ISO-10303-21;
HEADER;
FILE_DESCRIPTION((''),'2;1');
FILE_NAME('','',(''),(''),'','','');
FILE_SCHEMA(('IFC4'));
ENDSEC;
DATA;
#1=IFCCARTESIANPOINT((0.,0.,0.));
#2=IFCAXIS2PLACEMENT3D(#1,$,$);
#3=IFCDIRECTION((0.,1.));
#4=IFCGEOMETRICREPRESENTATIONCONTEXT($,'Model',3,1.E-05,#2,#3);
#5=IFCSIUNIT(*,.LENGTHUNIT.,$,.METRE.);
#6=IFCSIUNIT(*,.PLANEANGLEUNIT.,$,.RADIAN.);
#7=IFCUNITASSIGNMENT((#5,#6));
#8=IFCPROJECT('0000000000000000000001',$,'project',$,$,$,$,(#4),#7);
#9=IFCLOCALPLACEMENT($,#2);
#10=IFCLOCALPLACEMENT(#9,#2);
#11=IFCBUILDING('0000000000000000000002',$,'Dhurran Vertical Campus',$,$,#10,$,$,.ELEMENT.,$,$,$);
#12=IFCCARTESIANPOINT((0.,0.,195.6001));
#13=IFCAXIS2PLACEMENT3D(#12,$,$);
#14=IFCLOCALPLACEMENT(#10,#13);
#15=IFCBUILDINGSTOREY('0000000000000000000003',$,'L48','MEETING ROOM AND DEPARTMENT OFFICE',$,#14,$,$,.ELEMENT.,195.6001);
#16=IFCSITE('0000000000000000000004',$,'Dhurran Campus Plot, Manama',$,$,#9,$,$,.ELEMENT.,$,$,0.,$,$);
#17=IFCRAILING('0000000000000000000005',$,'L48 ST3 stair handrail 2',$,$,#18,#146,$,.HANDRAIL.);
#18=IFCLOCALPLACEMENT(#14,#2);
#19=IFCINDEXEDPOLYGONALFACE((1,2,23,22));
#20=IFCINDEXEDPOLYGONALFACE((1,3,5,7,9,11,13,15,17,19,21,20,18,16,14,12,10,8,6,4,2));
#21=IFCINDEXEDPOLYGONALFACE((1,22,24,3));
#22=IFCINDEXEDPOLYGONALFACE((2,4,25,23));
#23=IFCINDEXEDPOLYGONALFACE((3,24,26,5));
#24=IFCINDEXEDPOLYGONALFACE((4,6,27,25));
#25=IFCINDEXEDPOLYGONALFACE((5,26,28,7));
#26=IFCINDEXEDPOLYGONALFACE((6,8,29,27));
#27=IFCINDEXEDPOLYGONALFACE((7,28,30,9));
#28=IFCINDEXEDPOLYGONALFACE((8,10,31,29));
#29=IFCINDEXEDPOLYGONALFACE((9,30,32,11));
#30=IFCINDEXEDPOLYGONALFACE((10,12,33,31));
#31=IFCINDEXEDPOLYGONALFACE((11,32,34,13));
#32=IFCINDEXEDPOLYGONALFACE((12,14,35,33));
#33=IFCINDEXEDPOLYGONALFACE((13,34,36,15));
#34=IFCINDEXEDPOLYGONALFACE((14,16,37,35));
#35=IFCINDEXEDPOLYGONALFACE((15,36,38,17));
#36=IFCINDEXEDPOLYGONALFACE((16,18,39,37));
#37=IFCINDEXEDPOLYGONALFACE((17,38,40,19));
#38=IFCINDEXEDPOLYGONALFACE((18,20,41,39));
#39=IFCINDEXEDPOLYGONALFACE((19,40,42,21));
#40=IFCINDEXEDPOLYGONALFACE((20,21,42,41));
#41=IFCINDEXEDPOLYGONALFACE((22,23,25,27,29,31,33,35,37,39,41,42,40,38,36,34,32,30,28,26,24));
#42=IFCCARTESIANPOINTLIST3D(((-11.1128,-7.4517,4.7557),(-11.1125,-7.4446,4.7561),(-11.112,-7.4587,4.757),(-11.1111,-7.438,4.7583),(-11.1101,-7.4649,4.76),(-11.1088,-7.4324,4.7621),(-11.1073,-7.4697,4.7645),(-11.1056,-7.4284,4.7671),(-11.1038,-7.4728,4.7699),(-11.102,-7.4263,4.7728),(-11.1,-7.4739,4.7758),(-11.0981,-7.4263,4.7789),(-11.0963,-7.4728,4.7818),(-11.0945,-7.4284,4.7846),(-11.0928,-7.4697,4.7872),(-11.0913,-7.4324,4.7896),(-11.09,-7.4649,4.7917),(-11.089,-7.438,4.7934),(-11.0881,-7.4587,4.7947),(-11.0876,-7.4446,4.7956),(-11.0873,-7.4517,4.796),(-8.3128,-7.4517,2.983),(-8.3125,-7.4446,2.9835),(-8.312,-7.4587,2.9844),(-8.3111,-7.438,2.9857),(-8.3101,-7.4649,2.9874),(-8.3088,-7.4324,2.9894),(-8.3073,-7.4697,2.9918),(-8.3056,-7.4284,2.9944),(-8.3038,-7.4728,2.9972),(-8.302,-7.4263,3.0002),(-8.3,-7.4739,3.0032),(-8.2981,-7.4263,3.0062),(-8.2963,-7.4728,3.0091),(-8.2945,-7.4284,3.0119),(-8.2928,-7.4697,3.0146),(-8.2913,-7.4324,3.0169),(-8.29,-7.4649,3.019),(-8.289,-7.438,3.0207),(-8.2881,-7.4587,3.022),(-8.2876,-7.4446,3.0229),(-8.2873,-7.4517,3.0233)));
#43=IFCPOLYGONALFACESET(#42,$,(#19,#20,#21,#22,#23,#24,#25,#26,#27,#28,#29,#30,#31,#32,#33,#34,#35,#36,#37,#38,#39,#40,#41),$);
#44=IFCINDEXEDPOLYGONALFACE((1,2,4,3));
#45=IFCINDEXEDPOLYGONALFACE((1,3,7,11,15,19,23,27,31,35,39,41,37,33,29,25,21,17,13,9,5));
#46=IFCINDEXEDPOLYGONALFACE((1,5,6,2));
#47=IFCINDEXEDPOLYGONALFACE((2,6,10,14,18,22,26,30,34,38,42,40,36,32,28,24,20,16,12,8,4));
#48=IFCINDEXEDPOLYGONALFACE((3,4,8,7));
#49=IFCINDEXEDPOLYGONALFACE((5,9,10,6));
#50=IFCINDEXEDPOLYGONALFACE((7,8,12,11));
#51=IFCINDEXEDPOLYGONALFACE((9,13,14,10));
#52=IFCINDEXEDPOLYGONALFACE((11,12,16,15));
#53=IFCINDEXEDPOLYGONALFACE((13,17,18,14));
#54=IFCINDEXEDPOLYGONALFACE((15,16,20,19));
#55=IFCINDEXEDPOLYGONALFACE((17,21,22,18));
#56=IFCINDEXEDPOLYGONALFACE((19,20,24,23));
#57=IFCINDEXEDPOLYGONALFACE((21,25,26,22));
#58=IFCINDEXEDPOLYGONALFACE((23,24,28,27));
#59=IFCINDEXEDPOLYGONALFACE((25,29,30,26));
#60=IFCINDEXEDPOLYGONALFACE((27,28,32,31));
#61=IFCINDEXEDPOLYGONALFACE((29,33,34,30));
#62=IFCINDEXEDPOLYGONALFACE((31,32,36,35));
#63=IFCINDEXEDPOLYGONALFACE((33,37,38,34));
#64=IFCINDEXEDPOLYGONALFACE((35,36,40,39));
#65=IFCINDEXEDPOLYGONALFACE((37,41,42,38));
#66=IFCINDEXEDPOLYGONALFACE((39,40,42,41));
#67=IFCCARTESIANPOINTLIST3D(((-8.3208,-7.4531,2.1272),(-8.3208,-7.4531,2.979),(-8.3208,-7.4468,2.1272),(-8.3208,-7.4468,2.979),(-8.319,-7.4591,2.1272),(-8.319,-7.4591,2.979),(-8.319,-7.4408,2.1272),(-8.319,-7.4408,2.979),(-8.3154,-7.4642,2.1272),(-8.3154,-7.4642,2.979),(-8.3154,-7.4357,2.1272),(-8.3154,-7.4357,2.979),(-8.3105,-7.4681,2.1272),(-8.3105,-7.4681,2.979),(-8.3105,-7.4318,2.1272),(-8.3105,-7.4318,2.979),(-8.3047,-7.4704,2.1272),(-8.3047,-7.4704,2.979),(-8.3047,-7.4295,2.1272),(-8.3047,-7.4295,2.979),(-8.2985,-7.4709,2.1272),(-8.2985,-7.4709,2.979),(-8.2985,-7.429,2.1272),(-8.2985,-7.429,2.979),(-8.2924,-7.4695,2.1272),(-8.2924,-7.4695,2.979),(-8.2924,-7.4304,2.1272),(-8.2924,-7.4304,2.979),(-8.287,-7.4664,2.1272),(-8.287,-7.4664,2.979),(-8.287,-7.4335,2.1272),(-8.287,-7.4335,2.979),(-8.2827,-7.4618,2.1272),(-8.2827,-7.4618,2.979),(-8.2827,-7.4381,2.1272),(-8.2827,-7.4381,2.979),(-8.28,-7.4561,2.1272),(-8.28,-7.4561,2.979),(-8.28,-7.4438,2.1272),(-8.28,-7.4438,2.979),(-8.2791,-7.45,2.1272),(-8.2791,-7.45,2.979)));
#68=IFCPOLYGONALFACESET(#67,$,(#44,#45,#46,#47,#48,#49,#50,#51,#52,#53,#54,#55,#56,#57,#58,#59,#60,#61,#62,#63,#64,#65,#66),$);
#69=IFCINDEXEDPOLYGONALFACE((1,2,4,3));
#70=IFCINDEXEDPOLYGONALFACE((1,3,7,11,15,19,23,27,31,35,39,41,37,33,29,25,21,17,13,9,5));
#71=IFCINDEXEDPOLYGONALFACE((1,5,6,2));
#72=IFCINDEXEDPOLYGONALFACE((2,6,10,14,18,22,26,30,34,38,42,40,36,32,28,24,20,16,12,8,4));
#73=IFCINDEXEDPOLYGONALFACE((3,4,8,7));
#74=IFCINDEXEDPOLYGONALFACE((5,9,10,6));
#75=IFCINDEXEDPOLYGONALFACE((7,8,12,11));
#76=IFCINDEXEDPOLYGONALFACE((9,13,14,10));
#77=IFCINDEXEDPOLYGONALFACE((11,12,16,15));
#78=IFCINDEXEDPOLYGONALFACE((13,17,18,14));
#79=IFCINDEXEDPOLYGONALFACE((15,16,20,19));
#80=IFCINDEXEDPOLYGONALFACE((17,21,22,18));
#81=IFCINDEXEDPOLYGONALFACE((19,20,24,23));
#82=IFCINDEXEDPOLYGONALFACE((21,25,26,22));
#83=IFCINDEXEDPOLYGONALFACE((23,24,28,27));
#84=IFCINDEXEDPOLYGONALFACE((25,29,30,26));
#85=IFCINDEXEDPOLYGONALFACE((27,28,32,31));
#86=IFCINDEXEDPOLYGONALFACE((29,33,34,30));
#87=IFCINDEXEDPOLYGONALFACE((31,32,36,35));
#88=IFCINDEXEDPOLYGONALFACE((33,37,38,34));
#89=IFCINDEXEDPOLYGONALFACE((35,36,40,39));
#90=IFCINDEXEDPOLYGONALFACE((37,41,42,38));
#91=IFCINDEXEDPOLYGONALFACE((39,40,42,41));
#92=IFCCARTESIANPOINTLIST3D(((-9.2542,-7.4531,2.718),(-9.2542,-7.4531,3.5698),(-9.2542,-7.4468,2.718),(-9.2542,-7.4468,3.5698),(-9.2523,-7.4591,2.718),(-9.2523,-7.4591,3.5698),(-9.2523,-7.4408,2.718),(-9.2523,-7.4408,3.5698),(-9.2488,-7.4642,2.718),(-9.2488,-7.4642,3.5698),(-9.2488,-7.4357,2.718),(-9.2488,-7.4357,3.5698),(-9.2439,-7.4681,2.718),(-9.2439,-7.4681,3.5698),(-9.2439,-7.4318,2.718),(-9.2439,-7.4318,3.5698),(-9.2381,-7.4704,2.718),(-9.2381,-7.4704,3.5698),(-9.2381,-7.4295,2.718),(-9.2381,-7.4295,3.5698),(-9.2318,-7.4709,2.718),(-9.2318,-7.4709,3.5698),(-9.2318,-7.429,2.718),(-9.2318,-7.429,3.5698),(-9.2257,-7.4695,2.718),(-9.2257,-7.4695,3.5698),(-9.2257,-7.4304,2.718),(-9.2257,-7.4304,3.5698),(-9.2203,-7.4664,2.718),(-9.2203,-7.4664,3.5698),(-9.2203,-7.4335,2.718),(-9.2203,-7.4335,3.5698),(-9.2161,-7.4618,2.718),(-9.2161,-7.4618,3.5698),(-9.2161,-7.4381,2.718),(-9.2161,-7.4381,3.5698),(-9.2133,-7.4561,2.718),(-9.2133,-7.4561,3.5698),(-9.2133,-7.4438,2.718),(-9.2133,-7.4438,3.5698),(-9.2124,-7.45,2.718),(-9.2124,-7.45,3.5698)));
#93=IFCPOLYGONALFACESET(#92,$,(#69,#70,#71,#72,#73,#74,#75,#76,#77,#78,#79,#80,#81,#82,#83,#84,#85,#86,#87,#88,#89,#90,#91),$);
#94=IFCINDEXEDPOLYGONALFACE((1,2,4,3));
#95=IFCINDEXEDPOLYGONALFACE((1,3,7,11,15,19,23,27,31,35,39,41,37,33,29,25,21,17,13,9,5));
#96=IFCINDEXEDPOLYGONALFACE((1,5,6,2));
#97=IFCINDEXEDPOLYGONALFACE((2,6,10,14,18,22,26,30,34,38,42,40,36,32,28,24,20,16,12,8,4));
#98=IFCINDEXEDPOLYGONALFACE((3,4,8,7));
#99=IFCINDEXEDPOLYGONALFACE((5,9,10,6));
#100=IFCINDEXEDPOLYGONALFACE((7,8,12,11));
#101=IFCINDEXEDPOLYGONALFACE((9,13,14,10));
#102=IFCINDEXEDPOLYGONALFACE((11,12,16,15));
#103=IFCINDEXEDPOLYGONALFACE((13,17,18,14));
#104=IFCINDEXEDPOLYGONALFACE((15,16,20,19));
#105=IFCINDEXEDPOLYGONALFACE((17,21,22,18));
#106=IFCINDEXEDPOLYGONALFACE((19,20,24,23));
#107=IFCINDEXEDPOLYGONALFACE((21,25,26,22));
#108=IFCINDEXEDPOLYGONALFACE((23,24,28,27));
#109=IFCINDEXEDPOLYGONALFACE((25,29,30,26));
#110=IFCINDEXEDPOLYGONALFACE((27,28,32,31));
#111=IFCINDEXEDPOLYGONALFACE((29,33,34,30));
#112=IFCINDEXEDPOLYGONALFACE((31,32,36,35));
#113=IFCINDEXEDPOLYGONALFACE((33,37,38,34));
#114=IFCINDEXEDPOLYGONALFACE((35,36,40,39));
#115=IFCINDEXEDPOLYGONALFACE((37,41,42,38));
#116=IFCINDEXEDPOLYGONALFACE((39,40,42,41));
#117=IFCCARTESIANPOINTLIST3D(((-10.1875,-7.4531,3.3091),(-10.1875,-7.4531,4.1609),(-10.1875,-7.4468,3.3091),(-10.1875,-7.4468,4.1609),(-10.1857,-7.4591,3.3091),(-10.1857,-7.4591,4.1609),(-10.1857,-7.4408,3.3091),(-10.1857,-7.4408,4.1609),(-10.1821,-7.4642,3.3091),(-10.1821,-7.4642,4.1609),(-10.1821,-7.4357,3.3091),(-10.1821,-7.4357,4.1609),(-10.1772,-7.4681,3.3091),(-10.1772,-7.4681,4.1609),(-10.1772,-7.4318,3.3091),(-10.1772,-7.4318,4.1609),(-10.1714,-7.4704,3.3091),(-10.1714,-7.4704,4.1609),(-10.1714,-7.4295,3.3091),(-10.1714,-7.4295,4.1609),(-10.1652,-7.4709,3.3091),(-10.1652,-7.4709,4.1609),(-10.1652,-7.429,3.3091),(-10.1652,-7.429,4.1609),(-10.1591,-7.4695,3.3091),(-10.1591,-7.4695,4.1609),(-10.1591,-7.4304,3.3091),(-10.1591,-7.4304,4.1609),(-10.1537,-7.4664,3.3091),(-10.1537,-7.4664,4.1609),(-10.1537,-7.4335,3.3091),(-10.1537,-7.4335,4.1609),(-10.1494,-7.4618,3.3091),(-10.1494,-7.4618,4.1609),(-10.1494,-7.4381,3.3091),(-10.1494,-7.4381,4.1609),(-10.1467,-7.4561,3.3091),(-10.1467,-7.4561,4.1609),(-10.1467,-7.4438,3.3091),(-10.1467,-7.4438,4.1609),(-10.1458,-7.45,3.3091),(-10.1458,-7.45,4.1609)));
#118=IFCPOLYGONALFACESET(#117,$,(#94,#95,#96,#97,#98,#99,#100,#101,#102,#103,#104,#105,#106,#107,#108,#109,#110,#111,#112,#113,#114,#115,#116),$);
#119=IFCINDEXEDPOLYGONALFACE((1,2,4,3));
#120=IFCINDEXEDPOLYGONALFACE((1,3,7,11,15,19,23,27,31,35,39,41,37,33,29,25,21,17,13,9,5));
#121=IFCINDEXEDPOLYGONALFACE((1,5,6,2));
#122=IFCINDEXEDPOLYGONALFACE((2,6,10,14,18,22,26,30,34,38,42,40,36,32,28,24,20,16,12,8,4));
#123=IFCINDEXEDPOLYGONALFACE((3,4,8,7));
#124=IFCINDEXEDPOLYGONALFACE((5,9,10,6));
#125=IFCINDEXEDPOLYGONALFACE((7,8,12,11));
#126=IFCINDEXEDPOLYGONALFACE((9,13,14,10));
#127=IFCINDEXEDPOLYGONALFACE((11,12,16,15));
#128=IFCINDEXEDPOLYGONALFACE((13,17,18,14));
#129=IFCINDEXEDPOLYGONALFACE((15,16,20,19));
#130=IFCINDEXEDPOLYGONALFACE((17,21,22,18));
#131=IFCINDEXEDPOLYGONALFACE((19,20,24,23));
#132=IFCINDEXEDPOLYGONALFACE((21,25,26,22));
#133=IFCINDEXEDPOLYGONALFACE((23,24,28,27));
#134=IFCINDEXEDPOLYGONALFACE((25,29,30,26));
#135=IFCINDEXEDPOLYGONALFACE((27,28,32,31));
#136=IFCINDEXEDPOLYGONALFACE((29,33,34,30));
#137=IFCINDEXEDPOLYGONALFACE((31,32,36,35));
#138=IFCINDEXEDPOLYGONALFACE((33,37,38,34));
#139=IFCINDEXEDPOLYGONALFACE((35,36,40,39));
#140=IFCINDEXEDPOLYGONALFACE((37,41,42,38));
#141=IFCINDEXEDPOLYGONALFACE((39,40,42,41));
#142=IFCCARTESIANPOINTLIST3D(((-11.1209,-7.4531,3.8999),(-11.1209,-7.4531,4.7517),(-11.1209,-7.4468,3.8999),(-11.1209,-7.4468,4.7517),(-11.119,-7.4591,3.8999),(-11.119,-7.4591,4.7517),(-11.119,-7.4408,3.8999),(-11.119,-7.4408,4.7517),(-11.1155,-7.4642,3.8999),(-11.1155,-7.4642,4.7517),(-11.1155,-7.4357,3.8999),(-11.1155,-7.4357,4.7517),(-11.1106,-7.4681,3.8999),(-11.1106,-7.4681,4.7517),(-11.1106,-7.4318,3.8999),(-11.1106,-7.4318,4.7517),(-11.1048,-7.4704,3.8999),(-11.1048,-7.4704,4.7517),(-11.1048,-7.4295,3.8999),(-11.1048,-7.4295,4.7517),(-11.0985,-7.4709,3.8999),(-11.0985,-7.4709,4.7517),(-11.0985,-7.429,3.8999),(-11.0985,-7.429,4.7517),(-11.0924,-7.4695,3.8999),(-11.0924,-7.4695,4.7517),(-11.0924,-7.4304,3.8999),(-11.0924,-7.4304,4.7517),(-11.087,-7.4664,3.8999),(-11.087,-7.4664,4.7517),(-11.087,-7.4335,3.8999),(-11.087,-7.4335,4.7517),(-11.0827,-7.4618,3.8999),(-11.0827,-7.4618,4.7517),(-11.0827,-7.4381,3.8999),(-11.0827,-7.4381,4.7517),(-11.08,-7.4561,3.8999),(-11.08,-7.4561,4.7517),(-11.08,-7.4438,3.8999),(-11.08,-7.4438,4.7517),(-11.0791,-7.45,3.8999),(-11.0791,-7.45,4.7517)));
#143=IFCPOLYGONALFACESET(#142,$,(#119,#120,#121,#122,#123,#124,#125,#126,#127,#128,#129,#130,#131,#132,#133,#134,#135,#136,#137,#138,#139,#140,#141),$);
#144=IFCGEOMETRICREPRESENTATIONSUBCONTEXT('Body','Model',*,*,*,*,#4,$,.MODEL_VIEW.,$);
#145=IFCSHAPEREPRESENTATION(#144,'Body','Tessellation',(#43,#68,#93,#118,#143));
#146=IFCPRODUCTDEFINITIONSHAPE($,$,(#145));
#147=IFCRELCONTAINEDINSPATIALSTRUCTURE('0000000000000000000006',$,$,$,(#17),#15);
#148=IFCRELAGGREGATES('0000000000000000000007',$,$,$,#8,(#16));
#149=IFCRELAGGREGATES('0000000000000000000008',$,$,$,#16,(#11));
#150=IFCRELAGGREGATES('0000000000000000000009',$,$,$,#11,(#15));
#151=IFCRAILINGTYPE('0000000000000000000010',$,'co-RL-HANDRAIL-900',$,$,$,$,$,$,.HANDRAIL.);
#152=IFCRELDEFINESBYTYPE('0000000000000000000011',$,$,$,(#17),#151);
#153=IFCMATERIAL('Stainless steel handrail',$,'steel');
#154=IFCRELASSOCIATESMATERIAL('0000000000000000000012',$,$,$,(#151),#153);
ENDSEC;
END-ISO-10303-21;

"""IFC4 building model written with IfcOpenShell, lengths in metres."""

from ifc_helpers import new_model, si_unit, direction, frame, origin, origin_2d, place, context, subcontext, project, spatial, circle, extrude, material, type_object, element, save


model = new_model("IFC4")

# Units and contexts
model_context = context("Model", 3, precision=1e-05, world=origin(), true_north=direction((0.0, 1.0)))
body_context = subcontext(model_context, "Body", "Model", "MODEL_VIEW")
ifc_project = project(units=[si_unit("LENGTHUNIT", "METRE"), si_unit("PLANEANGLEUNIT", "RADIAN")], contexts=[model_context])

# Site, building, storey
site_placement = place(None, origin())
site = spatial("IfcSite", under=ifc_project, at=site_placement, Name="Dhurran Campus Plot, Manama", CompositionType="ELEMENT", RefElevation=0.0)
building_placement = place(site_placement, origin())
building = spatial("IfcBuilding", under=site, at=building_placement, Name="Dhurran Vertical Campus", CompositionType="ELEMENT")
storey_placement = place(building_placement, frame((0.0, 0.0, 195.6001)))
storey = spatial("IfcBuildingStorey", under=building, at=storey_placement, Name="L48", Description="MEETING ROOM AND DEPARTMENT OFFICE", CompositionType="ELEMENT", Elevation=195.6001)

# Railing
ifc_material_1 = material(Name="Stainless steel handrail", Category="steel")
railing_type_1 = type_object("IfcRailingType", Name="co-RL-HANDRAIL-900", PredefinedType="HANDRAIL", material=ifc_material_1)
railing_1_placement = place(storey_placement, frame((-8.3, -7.45, 2.1272)))
element("IfcRailing", 1, at=railing_1_placement, inside=storey, type_object=railing_type_1, Name="L48 ST3 stair handrail 2", PredefinedType="HANDRAIL", context=body_context, shape_type="SweptSolid", body=[
    extrude(circle(Radius=0.0239, at=origin_2d()), frame((0.0, 0.0, 0.876), z_axis=(-0.844909, 0.0, 0.53491), x_axis=(0.0, -1.0, 0.0)), (0.0, 0.0, 1.0), 3.314),
    extrude(circle(Radius=0.021, at=origin_2d()), origin(), (0.0, 0.0, 1.0), 0.8518),
    extrude(circle(Radius=0.021, at=origin_2d()), frame((-0.9333, 0.0, 0.5908)), (0.0, 0.0, 1.0), 0.8518),
    extrude(circle(Radius=0.021, at=origin_2d()), frame((-1.8667, 0.0, 1.1819)), (0.0, 0.0, 1.0), 0.8518),
    extrude(circle(Radius=0.021, at=origin_2d()), frame((-2.8, 0.0, 1.7727)), (0.0, 0.0, 1.0), 0.8518),
])

save(model, "model.ifc")
